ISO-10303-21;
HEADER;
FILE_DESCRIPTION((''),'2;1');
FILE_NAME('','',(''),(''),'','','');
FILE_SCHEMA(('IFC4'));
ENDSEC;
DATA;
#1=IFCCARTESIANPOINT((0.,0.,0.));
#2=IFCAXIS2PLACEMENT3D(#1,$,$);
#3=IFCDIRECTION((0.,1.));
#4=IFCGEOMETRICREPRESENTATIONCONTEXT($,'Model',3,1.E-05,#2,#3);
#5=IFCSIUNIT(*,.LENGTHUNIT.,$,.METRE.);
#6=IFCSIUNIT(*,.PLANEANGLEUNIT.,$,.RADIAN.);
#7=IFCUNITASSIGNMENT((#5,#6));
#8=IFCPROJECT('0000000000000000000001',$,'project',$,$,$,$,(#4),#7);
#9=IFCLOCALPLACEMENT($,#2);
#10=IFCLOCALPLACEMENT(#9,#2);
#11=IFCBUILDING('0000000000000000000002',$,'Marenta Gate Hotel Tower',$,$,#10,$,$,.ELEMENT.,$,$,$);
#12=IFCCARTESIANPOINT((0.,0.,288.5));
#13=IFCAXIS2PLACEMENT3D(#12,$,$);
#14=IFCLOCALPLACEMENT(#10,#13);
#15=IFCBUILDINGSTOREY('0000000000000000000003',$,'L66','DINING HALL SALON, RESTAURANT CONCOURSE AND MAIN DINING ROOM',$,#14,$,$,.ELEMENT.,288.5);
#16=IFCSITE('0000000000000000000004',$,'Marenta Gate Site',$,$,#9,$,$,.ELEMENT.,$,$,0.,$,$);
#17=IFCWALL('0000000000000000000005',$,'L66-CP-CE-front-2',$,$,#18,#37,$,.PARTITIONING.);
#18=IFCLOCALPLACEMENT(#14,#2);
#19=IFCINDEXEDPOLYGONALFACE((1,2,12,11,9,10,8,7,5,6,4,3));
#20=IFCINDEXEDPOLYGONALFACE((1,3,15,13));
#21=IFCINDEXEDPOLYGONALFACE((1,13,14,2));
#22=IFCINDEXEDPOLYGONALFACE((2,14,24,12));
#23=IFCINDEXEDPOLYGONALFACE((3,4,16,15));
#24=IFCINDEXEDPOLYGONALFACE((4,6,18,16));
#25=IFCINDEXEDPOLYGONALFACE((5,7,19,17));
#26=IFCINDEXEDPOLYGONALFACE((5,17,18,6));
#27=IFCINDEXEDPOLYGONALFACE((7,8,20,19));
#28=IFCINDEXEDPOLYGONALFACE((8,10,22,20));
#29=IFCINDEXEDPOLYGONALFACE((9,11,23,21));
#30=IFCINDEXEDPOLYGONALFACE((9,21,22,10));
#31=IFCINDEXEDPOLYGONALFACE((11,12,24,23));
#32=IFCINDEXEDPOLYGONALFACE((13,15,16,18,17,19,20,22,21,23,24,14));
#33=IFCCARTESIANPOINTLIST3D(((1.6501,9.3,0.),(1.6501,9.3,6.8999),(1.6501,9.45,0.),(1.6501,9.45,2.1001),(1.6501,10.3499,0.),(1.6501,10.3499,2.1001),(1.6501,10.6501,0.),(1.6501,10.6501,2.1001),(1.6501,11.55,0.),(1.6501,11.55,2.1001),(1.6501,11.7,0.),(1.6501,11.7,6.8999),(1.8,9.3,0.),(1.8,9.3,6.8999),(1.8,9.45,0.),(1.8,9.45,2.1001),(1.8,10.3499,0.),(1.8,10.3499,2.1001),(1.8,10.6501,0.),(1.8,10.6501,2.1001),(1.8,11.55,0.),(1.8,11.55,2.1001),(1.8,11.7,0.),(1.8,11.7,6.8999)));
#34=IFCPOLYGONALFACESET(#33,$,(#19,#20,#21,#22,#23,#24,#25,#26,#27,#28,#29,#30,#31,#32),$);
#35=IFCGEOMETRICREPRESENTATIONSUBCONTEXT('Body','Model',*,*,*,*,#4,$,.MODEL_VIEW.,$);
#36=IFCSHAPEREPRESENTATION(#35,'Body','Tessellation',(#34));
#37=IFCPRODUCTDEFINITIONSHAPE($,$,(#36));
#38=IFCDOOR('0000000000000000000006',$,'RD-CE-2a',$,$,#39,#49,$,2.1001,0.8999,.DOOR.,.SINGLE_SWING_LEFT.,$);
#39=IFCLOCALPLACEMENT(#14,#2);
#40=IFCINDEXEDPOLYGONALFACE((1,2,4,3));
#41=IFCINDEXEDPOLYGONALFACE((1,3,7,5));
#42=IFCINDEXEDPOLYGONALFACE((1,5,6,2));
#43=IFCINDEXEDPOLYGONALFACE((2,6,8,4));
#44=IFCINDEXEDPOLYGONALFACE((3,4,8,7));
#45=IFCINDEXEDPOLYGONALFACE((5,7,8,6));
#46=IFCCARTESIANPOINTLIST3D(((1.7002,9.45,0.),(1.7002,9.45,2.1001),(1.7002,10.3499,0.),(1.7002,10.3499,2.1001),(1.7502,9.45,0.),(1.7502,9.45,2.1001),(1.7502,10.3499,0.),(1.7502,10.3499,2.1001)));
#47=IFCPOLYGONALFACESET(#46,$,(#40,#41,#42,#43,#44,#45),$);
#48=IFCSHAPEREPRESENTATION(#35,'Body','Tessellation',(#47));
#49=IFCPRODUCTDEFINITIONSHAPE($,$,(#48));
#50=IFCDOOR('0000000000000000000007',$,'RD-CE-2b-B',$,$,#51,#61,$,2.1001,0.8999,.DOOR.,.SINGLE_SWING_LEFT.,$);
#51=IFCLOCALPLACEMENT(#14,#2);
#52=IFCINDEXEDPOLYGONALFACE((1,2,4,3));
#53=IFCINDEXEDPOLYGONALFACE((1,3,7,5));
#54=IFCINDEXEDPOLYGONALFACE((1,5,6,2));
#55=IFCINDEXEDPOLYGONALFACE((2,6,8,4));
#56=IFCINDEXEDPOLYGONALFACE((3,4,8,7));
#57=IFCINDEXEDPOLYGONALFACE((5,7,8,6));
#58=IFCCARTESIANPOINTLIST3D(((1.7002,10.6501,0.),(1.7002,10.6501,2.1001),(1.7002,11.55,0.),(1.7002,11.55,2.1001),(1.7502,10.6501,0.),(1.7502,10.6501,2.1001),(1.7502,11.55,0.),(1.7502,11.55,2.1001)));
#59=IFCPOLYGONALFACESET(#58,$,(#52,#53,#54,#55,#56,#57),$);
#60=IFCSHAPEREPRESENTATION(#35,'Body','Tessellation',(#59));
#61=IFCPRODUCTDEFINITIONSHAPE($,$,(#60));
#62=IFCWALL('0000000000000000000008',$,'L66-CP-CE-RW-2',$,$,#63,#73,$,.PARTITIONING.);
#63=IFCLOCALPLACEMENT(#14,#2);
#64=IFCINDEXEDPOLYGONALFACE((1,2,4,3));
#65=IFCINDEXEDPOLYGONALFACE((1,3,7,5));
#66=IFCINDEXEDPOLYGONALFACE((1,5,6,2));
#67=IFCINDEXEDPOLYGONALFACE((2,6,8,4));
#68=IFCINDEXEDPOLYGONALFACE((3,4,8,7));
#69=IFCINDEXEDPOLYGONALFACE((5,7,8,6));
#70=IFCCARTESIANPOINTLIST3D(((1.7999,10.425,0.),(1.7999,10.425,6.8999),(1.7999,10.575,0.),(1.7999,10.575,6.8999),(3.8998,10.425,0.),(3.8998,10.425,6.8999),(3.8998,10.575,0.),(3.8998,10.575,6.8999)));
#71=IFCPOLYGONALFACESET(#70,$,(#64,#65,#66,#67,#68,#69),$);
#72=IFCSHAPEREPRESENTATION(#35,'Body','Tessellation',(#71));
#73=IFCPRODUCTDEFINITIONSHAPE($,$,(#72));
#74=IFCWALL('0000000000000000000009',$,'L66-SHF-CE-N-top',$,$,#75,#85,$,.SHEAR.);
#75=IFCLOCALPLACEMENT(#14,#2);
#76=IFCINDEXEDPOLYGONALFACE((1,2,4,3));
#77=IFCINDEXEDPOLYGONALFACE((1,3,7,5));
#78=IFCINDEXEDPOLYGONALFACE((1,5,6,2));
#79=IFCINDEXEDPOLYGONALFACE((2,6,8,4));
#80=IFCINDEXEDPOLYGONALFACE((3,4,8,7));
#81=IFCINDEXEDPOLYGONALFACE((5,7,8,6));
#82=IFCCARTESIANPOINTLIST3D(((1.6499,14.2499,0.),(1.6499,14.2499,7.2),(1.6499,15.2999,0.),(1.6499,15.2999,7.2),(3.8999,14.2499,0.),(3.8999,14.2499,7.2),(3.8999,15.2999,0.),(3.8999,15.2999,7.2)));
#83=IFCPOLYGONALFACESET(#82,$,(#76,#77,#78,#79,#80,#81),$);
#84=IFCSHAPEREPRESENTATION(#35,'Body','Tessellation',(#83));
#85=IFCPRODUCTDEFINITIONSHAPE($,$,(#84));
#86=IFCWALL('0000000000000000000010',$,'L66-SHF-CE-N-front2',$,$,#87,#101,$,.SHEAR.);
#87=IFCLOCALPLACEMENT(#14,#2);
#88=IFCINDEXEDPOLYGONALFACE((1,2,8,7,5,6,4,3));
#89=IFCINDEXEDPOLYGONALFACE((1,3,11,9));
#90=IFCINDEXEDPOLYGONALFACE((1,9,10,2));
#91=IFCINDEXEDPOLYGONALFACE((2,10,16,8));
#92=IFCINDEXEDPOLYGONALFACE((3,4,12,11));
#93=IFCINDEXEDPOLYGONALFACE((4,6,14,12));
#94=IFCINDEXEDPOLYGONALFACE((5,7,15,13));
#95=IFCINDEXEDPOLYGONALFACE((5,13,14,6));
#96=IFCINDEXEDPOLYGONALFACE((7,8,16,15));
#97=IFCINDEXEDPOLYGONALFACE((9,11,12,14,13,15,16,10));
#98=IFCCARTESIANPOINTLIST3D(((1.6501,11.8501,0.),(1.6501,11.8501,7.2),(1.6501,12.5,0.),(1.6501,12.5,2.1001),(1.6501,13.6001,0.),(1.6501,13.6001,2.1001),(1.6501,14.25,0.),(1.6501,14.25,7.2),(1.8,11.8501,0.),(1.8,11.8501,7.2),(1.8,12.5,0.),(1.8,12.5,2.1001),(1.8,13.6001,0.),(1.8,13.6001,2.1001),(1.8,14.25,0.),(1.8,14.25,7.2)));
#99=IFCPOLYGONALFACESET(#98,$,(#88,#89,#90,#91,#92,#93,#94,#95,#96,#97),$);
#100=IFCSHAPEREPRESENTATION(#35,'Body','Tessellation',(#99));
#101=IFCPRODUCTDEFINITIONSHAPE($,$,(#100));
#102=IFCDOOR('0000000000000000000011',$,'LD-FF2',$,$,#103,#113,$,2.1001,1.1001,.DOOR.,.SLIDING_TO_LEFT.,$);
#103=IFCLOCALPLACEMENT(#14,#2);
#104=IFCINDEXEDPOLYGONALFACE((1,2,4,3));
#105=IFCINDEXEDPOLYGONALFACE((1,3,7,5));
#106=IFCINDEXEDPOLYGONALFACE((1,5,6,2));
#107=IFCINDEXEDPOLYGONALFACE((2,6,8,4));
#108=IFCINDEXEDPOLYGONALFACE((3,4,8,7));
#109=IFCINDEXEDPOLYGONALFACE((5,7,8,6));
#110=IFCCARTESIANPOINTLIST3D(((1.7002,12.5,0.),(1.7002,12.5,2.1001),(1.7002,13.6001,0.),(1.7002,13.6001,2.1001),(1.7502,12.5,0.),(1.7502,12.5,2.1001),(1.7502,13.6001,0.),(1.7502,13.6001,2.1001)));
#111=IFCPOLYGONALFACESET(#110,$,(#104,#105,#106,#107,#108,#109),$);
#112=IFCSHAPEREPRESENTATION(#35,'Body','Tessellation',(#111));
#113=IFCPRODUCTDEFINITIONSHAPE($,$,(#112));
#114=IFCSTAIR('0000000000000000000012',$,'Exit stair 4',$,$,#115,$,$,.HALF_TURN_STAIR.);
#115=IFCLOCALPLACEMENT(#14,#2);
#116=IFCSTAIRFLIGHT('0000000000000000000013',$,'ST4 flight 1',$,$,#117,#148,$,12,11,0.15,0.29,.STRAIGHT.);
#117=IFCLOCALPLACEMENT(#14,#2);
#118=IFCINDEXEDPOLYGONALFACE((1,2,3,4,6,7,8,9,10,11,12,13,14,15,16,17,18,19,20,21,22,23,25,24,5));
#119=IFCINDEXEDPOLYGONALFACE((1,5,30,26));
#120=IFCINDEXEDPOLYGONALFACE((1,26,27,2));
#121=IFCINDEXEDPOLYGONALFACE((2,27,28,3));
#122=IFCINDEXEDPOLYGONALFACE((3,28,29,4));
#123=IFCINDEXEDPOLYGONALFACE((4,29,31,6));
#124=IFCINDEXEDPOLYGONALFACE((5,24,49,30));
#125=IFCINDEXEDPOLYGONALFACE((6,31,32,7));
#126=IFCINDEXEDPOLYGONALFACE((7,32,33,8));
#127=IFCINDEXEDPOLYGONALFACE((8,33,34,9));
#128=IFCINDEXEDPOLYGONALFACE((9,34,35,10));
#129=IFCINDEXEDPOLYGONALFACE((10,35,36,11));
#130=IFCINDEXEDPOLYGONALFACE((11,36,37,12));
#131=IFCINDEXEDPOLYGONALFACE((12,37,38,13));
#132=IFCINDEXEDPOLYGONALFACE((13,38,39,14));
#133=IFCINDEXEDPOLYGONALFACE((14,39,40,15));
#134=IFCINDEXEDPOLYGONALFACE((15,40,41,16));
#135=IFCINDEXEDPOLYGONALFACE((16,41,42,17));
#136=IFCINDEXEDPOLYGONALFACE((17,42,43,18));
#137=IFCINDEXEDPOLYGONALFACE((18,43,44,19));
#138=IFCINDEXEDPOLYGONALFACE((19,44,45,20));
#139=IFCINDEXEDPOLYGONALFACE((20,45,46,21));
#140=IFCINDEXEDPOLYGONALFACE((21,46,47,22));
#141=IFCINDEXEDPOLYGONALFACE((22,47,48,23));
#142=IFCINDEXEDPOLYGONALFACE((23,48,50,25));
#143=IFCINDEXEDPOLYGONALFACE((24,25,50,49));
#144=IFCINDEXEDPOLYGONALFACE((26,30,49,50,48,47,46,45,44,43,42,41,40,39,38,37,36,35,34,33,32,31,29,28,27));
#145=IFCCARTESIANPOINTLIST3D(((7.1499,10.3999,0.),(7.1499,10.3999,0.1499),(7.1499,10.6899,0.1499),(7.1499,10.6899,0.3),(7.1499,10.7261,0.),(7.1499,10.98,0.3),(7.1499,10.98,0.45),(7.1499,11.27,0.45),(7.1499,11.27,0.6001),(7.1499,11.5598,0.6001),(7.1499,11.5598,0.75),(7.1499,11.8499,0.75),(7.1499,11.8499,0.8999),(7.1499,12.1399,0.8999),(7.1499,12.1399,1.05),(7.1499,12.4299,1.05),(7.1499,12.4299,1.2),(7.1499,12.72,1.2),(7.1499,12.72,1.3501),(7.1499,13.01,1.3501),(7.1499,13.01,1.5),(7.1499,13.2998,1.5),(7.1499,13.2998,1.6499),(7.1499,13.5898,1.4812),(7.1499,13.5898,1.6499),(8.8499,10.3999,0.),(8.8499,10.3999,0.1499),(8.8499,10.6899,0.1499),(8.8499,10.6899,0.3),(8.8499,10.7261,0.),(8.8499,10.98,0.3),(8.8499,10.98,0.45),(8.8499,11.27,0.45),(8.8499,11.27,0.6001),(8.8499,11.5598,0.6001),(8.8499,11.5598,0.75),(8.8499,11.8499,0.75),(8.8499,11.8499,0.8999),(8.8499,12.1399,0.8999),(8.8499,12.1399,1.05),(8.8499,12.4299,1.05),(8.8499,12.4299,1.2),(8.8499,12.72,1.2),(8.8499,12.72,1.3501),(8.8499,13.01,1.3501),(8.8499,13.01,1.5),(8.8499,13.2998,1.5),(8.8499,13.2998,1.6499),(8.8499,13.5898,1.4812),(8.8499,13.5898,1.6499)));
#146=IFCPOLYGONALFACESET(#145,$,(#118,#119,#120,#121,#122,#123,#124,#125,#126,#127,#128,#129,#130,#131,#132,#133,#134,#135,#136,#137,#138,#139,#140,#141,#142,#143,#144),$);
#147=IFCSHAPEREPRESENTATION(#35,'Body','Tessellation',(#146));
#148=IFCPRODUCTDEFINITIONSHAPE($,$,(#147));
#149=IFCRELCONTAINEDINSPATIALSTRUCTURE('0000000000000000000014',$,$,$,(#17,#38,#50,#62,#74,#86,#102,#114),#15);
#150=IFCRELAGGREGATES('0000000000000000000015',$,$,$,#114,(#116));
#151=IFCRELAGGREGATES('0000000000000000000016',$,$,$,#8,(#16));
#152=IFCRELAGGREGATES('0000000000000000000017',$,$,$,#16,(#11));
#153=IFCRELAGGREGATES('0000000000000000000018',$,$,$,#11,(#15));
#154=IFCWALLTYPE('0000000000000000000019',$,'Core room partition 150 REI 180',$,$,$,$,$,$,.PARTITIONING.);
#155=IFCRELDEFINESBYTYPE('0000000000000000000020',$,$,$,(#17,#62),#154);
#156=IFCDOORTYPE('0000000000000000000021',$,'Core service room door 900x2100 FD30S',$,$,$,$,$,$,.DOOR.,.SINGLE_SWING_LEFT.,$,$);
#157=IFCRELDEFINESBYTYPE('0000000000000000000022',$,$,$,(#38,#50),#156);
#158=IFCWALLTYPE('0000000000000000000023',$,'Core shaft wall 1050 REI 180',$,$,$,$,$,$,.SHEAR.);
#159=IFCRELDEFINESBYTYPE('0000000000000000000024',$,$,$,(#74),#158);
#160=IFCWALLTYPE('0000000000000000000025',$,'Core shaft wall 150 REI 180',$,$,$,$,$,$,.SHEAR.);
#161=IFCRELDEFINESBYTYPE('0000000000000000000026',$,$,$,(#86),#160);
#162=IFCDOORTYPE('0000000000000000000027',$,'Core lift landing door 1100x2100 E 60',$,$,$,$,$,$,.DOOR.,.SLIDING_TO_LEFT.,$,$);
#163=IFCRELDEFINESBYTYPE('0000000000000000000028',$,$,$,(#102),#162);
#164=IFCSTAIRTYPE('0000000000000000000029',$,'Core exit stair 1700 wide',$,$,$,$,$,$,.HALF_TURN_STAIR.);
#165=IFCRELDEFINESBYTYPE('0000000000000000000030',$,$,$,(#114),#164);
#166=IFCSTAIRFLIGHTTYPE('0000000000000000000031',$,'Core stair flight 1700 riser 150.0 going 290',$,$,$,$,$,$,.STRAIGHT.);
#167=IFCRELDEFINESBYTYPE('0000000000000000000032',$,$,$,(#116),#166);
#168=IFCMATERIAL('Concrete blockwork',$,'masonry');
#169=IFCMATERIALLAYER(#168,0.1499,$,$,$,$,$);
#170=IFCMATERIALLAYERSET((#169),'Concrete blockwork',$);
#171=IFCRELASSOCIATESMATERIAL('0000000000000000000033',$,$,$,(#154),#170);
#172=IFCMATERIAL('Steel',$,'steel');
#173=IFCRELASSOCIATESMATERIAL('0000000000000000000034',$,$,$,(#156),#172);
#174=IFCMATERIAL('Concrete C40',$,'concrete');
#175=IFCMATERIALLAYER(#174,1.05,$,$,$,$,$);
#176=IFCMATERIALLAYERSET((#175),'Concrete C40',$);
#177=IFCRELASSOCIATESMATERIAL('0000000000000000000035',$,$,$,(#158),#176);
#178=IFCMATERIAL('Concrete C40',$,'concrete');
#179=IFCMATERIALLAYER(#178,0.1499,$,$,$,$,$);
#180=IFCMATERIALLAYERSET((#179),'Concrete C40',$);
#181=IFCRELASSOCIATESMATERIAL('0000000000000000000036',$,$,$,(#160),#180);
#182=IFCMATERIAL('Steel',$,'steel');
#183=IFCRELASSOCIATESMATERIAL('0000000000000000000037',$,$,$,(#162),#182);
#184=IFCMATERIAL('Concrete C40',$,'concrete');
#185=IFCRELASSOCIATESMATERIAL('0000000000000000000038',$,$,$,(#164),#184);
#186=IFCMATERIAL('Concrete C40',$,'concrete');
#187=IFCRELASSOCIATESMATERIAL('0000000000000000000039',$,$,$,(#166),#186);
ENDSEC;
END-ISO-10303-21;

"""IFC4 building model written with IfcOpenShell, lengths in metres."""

from ifc_helpers import new_model, si_unit, direction, frame, frame_2d, origin, place, context, subcontext, project, spatial, polyline, rectangle, outline, extrude, material, layer, layer_set, type_object, element, fill, aggregate, save


model = new_model("IFC4")

# Units and contexts
model_context = context("Model", 3, precision=1e-05, world=origin(), true_north=direction((0.0, 1.0)))
body_context = subcontext(model_context, "Body", "Model", "MODEL_VIEW")
ifc_project = project(units=[si_unit("LENGTHUNIT", "METRE"), si_unit("PLANEANGLEUNIT", "RADIAN")], contexts=[model_context])

# Site, building, storey
site_placement = place(None, origin())
site = spatial("IfcSite", under=ifc_project, at=site_placement, Name="Marenta Gate Site", CompositionType="ELEMENT", RefElevation=0.0)
building_placement = place(site_placement, origin())
building = spatial("IfcBuilding", under=site, at=building_placement, Name="Marenta Gate Hotel Tower", CompositionType="ELEMENT")
storey_placement = place(building_placement, frame((0.0, 0.0, 288.5)))
storey = spatial("IfcBuildingStorey", under=building, at=storey_placement, Name="L66", Description="DINING HALL SALON, RESTAURANT CONCOURSE AND MAIN DINING ROOM", CompositionType="ELEMENT", Elevation=288.5)

# Shared definitions
ifc_material_1 = material(Name="Concrete blockwork", Category="masonry")
ifc_layer_1 = layer(ifc_material_1, 0.1499)
ifc_layer_set_1 = layer_set([ifc_layer_1], Name="Concrete blockwork")
wall_type_1 = type_object("IfcWallType", Name="Core room partition 150 REI 180", PredefinedType="PARTITIONING", material=ifc_layer_set_1)

# Wall, openings, doors
wall_1_placement = place(storey_placement, frame((1.7251, 9.3, 0.0), z_axis=(0.0, 0.0, 1.0), x_axis=(0.0, 1.0, 0.0)))
wall_1 = element("IfcWall", 1, at=wall_1_placement, inside=storey, type_object=wall_type_1, Name="L66-CP-CE-front-2", PredefinedType="PARTITIONING", context=body_context, shape_type="SweptSolid", body=[
    extrude(rectangle(XDim=2.3999, YDim=0.1499, at=frame_2d((1.2, 0.0))), origin(), (0.0, 0.0, 1.0), 6.8999),
])
opening_1_placement = place(wall_1_placement, frame((0.1499, 0.0, 0.0)))
opening_1 = element("IfcOpeningElement", 2, at=opening_1_placement, cuts=wall_1, PredefinedType="OPENING", context=body_context, shape_type="SweptSolid", body=[
    extrude(rectangle(XDim=0.8999, YDim=2.1001, at=frame_2d((0.45, 1.05))), frame((0.0, 0.075, 0.0), z_axis=(0.0, -1.0, 0.0), x_axis=(1.0, 0.0, 0.0)), (0.0, 0.0, 1.0), 0.1499),
])
opening_2_placement = place(wall_1_placement, frame((1.3501, 0.0, 0.0)))
opening_2 = element("IfcOpeningElement", 3, at=opening_2_placement, cuts=wall_1, PredefinedType="OPENING", context=body_context, shape_type="SweptSolid", body=[
    extrude(rectangle(XDim=0.8999, YDim=2.1001, at=frame_2d((0.45, 1.05))), frame((0.0, 0.075, 0.0), z_axis=(0.0, -1.0, 0.0), x_axis=(1.0, 0.0, 0.0)), (0.0, 0.0, 1.0), 0.1499),
])
ifc_material_2 = material(Name="Steel", Category="steel")
door_type_1 = type_object("IfcDoorType", Name="Core service room door 900x2100 FD30S", OperationType="SINGLE_SWING_LEFT", PredefinedType="DOOR", material=ifc_material_2)
door_1_placement = place(opening_1_placement, origin())
door_1 = element("IfcDoor", 4, at=door_1_placement, inside=storey, type_object=door_type_1, Name="RD-CE-2a", OperationType="SINGLE_SWING_LEFT", OverallHeight=2.1001, OverallWidth=0.8999, PredefinedType="DOOR", context=body_context, shape_type="SweptSolid", body=[
    extrude(rectangle(XDim=0.8999, YDim=2.1001, at=frame_2d((0.45, 1.05))), frame((0.0, 0.0249, 0.0), z_axis=(0.0, -1.0, 0.0), x_axis=(1.0, 0.0, 0.0)), (0.0, 0.0, 1.0), 0.05),
])
fill(opening_1, door_1)
door_2_placement = place(opening_2_placement, origin())
door_2 = element("IfcDoor", 5, at=door_2_placement, inside=storey, type_object=door_type_1, Name="RD-CE-2b-B", OperationType="SINGLE_SWING_LEFT", OverallHeight=2.1001, OverallWidth=0.8999, PredefinedType="DOOR", context=body_context, shape_type="SweptSolid", body=[
    extrude(rectangle(XDim=0.8999, YDim=2.1001, at=frame_2d((0.45, 1.05))), frame((0.0, 0.0249, 0.0), z_axis=(0.0, -1.0, 0.0), x_axis=(1.0, 0.0, 0.0)), (0.0, 0.0, 1.0), 0.05),
])
fill(opening_2, door_2)

# Walls
wall_2_placement = place(storey_placement, frame((1.8, 10.5, 0.0), z_axis=(0.0, 0.0, 1.0), x_axis=(1.0, 0.0, 0.0)))
element("IfcWall", 6, at=wall_2_placement, inside=storey, type_object=wall_type_1, Name="L66-CP-CE-RW-2", PredefinedType="PARTITIONING", context=body_context, shape_type="SweptSolid", body=[
    extrude(rectangle(XDim=2.0999, YDim=0.1499, at=frame_2d((1.0498, 0.0))), origin(), (0.0, 0.0, 1.0), 6.8999),
])
ifc_material_3 = material(Name="Concrete C40", Category="concrete")
ifc_layer_2 = layer(ifc_material_3, 1.05)
ifc_layer_set_2 = layer_set([ifc_layer_2], Name="Concrete C40")
wall_type_2 = type_object("IfcWallType", Name="Core shaft wall 1050 REI 180", PredefinedType="SHEAR", material=ifc_layer_set_2)
wall_3_placement = place(storey_placement, frame((1.6499, 14.7749, 0.0), z_axis=(0.0, 0.0, 1.0), x_axis=(1.0, 0.0, 0.0)))
element("IfcWall", 7, at=wall_3_placement, inside=storey, type_object=wall_type_2, Name="L66-SHF-CE-N-top", PredefinedType="SHEAR", context=body_context, shape_type="SweptSolid", body=[
    extrude(rectangle(XDim=2.25, YDim=1.05, at=frame_2d((1.125, 0.0))), origin(), (0.0, 0.0, 1.0), 7.2),
])

# Wall, opening, door
ifc_material_4 = material(Name="Concrete C40", Category="concrete")
ifc_layer_3 = layer(ifc_material_4, 0.1499)
ifc_layer_set_3 = layer_set([ifc_layer_3], Name="Concrete C40")
wall_type_3 = type_object("IfcWallType", Name="Core shaft wall 150 REI 180", PredefinedType="SHEAR", material=ifc_layer_set_3)
wall_4_placement = place(storey_placement, frame((1.7251, 11.8501, 0.0), z_axis=(0.0, 0.0, 1.0), x_axis=(0.0, 1.0, 0.0)))
wall_4 = element("IfcWall", 8, at=wall_4_placement, inside=storey, type_object=wall_type_3, Name="L66-SHF-CE-N-front2", PredefinedType="SHEAR", context=body_context, shape_type="SweptSolid", body=[
    extrude(rectangle(XDim=2.3999, YDim=0.1499, at=frame_2d((1.2, 0.0))), origin(), (0.0, 0.0, 1.0), 7.2),
])
opening_3_placement = place(wall_4_placement, frame((0.6499, 0.0, 0.0)))
opening_3 = element("IfcOpeningElement", 9, at=opening_3_placement, cuts=wall_4, PredefinedType="OPENING", context=body_context, shape_type="SweptSolid", body=[
    extrude(rectangle(XDim=1.1001, YDim=2.1001, at=frame_2d((0.55, 1.05))), frame((0.0, 0.075, 0.0), z_axis=(0.0, -1.0, 0.0), x_axis=(1.0, 0.0, 0.0)), (0.0, 0.0, 1.0), 0.1499),
])
ifc_material_5 = material(Name="Steel", Category="steel")
door_type_2 = type_object("IfcDoorType", Name="Core lift landing door 1100x2100 E 60", OperationType="SLIDING_TO_LEFT", PredefinedType="DOOR", material=ifc_material_5)
door_3_placement = place(opening_3_placement, origin())
door_3 = element("IfcDoor", 10, at=door_3_placement, inside=storey, type_object=door_type_2, Name="LD-FF2", OperationType="SLIDING_TO_LEFT", OverallHeight=2.1001, OverallWidth=1.1001, PredefinedType="DOOR", context=body_context, shape_type="SweptSolid", body=[
    extrude(rectangle(XDim=1.1001, YDim=2.1001, at=frame_2d((0.55, 1.05))), frame((0.0, 0.0249, 0.0), z_axis=(0.0, -1.0, 0.0), x_axis=(1.0, 0.0, 0.0)), (0.0, 0.0, 1.0), 0.05),
])
fill(opening_3, door_3)

# Stair, stair flight
ifc_material_6 = material(Name="Concrete C40", Category="concrete")
stair_type = type_object("IfcStairType", Name="Core exit stair 1700 wide", PredefinedType="HALF_TURN_STAIR", material=ifc_material_6)
stair_placement = place(storey_placement, origin())
stair = element("IfcStair", 11, at=stair_placement, inside=storey, type_object=stair_type, Name="Exit stair 4", PredefinedType="HALF_TURN_STAIR")
ifc_material_7 = material(Name="Concrete C40", Category="concrete")
stair_flight_type = type_object("IfcStairFlightType", Name="Core stair flight 1700 riser 150.0 going 290", PredefinedType="STRAIGHT", material=ifc_material_7)
stair_flight_1_placement = place(storey_placement, frame((8.0, 10.3999, 0.0), z_axis=(0.0, 0.0, 1.0), x_axis=(0.0, 1.0, 0.0)))
stair_flight_1 = element("IfcStairFlight", 12, at=stair_flight_1_placement, type_object=stair_flight_type, Name="ST4 flight 1", NumberOfRisers=12, NumberOfTreads=11, PredefinedType="STRAIGHT", RiserHeight=0.15, TreadLength=0.29, context=body_context, shape_type="SweptSolid", body=[
    extrude(outline(polyline([(0.0, 0.0), (0.0, 0.1499), (0.29, 0.1499), (0.29, 0.3), (0.5801, 0.3), (0.5801, 0.45), (0.8701, 0.45), (0.8701, 0.6001), (1.1599, 0.6001), (1.1599, 0.75), (1.45, 0.75), (1.45, 0.8999), (1.74, 0.8999), (1.74, 1.05), (2.03, 1.05), (2.03, 1.2), (2.3201, 1.2), (2.3201, 1.3501), (2.6101, 1.3501), (2.6101, 1.5), (2.8999, 1.5), (2.8999, 1.6499), (3.1899, 1.6499), (3.1899, 1.8), (3.1899, 1.4812), (0.3262, 0.0), (0.0, 0.0)])), frame((0.0, 0.8501, 0.0), z_axis=(0.0, -1.0, 0.0), x_axis=(1.0, 0.0, 0.0)), (0.0, 0.0, 1.0), 1.7),
])
aggregate(stair, [stair_flight_1])

save(model, "model.ifc")
